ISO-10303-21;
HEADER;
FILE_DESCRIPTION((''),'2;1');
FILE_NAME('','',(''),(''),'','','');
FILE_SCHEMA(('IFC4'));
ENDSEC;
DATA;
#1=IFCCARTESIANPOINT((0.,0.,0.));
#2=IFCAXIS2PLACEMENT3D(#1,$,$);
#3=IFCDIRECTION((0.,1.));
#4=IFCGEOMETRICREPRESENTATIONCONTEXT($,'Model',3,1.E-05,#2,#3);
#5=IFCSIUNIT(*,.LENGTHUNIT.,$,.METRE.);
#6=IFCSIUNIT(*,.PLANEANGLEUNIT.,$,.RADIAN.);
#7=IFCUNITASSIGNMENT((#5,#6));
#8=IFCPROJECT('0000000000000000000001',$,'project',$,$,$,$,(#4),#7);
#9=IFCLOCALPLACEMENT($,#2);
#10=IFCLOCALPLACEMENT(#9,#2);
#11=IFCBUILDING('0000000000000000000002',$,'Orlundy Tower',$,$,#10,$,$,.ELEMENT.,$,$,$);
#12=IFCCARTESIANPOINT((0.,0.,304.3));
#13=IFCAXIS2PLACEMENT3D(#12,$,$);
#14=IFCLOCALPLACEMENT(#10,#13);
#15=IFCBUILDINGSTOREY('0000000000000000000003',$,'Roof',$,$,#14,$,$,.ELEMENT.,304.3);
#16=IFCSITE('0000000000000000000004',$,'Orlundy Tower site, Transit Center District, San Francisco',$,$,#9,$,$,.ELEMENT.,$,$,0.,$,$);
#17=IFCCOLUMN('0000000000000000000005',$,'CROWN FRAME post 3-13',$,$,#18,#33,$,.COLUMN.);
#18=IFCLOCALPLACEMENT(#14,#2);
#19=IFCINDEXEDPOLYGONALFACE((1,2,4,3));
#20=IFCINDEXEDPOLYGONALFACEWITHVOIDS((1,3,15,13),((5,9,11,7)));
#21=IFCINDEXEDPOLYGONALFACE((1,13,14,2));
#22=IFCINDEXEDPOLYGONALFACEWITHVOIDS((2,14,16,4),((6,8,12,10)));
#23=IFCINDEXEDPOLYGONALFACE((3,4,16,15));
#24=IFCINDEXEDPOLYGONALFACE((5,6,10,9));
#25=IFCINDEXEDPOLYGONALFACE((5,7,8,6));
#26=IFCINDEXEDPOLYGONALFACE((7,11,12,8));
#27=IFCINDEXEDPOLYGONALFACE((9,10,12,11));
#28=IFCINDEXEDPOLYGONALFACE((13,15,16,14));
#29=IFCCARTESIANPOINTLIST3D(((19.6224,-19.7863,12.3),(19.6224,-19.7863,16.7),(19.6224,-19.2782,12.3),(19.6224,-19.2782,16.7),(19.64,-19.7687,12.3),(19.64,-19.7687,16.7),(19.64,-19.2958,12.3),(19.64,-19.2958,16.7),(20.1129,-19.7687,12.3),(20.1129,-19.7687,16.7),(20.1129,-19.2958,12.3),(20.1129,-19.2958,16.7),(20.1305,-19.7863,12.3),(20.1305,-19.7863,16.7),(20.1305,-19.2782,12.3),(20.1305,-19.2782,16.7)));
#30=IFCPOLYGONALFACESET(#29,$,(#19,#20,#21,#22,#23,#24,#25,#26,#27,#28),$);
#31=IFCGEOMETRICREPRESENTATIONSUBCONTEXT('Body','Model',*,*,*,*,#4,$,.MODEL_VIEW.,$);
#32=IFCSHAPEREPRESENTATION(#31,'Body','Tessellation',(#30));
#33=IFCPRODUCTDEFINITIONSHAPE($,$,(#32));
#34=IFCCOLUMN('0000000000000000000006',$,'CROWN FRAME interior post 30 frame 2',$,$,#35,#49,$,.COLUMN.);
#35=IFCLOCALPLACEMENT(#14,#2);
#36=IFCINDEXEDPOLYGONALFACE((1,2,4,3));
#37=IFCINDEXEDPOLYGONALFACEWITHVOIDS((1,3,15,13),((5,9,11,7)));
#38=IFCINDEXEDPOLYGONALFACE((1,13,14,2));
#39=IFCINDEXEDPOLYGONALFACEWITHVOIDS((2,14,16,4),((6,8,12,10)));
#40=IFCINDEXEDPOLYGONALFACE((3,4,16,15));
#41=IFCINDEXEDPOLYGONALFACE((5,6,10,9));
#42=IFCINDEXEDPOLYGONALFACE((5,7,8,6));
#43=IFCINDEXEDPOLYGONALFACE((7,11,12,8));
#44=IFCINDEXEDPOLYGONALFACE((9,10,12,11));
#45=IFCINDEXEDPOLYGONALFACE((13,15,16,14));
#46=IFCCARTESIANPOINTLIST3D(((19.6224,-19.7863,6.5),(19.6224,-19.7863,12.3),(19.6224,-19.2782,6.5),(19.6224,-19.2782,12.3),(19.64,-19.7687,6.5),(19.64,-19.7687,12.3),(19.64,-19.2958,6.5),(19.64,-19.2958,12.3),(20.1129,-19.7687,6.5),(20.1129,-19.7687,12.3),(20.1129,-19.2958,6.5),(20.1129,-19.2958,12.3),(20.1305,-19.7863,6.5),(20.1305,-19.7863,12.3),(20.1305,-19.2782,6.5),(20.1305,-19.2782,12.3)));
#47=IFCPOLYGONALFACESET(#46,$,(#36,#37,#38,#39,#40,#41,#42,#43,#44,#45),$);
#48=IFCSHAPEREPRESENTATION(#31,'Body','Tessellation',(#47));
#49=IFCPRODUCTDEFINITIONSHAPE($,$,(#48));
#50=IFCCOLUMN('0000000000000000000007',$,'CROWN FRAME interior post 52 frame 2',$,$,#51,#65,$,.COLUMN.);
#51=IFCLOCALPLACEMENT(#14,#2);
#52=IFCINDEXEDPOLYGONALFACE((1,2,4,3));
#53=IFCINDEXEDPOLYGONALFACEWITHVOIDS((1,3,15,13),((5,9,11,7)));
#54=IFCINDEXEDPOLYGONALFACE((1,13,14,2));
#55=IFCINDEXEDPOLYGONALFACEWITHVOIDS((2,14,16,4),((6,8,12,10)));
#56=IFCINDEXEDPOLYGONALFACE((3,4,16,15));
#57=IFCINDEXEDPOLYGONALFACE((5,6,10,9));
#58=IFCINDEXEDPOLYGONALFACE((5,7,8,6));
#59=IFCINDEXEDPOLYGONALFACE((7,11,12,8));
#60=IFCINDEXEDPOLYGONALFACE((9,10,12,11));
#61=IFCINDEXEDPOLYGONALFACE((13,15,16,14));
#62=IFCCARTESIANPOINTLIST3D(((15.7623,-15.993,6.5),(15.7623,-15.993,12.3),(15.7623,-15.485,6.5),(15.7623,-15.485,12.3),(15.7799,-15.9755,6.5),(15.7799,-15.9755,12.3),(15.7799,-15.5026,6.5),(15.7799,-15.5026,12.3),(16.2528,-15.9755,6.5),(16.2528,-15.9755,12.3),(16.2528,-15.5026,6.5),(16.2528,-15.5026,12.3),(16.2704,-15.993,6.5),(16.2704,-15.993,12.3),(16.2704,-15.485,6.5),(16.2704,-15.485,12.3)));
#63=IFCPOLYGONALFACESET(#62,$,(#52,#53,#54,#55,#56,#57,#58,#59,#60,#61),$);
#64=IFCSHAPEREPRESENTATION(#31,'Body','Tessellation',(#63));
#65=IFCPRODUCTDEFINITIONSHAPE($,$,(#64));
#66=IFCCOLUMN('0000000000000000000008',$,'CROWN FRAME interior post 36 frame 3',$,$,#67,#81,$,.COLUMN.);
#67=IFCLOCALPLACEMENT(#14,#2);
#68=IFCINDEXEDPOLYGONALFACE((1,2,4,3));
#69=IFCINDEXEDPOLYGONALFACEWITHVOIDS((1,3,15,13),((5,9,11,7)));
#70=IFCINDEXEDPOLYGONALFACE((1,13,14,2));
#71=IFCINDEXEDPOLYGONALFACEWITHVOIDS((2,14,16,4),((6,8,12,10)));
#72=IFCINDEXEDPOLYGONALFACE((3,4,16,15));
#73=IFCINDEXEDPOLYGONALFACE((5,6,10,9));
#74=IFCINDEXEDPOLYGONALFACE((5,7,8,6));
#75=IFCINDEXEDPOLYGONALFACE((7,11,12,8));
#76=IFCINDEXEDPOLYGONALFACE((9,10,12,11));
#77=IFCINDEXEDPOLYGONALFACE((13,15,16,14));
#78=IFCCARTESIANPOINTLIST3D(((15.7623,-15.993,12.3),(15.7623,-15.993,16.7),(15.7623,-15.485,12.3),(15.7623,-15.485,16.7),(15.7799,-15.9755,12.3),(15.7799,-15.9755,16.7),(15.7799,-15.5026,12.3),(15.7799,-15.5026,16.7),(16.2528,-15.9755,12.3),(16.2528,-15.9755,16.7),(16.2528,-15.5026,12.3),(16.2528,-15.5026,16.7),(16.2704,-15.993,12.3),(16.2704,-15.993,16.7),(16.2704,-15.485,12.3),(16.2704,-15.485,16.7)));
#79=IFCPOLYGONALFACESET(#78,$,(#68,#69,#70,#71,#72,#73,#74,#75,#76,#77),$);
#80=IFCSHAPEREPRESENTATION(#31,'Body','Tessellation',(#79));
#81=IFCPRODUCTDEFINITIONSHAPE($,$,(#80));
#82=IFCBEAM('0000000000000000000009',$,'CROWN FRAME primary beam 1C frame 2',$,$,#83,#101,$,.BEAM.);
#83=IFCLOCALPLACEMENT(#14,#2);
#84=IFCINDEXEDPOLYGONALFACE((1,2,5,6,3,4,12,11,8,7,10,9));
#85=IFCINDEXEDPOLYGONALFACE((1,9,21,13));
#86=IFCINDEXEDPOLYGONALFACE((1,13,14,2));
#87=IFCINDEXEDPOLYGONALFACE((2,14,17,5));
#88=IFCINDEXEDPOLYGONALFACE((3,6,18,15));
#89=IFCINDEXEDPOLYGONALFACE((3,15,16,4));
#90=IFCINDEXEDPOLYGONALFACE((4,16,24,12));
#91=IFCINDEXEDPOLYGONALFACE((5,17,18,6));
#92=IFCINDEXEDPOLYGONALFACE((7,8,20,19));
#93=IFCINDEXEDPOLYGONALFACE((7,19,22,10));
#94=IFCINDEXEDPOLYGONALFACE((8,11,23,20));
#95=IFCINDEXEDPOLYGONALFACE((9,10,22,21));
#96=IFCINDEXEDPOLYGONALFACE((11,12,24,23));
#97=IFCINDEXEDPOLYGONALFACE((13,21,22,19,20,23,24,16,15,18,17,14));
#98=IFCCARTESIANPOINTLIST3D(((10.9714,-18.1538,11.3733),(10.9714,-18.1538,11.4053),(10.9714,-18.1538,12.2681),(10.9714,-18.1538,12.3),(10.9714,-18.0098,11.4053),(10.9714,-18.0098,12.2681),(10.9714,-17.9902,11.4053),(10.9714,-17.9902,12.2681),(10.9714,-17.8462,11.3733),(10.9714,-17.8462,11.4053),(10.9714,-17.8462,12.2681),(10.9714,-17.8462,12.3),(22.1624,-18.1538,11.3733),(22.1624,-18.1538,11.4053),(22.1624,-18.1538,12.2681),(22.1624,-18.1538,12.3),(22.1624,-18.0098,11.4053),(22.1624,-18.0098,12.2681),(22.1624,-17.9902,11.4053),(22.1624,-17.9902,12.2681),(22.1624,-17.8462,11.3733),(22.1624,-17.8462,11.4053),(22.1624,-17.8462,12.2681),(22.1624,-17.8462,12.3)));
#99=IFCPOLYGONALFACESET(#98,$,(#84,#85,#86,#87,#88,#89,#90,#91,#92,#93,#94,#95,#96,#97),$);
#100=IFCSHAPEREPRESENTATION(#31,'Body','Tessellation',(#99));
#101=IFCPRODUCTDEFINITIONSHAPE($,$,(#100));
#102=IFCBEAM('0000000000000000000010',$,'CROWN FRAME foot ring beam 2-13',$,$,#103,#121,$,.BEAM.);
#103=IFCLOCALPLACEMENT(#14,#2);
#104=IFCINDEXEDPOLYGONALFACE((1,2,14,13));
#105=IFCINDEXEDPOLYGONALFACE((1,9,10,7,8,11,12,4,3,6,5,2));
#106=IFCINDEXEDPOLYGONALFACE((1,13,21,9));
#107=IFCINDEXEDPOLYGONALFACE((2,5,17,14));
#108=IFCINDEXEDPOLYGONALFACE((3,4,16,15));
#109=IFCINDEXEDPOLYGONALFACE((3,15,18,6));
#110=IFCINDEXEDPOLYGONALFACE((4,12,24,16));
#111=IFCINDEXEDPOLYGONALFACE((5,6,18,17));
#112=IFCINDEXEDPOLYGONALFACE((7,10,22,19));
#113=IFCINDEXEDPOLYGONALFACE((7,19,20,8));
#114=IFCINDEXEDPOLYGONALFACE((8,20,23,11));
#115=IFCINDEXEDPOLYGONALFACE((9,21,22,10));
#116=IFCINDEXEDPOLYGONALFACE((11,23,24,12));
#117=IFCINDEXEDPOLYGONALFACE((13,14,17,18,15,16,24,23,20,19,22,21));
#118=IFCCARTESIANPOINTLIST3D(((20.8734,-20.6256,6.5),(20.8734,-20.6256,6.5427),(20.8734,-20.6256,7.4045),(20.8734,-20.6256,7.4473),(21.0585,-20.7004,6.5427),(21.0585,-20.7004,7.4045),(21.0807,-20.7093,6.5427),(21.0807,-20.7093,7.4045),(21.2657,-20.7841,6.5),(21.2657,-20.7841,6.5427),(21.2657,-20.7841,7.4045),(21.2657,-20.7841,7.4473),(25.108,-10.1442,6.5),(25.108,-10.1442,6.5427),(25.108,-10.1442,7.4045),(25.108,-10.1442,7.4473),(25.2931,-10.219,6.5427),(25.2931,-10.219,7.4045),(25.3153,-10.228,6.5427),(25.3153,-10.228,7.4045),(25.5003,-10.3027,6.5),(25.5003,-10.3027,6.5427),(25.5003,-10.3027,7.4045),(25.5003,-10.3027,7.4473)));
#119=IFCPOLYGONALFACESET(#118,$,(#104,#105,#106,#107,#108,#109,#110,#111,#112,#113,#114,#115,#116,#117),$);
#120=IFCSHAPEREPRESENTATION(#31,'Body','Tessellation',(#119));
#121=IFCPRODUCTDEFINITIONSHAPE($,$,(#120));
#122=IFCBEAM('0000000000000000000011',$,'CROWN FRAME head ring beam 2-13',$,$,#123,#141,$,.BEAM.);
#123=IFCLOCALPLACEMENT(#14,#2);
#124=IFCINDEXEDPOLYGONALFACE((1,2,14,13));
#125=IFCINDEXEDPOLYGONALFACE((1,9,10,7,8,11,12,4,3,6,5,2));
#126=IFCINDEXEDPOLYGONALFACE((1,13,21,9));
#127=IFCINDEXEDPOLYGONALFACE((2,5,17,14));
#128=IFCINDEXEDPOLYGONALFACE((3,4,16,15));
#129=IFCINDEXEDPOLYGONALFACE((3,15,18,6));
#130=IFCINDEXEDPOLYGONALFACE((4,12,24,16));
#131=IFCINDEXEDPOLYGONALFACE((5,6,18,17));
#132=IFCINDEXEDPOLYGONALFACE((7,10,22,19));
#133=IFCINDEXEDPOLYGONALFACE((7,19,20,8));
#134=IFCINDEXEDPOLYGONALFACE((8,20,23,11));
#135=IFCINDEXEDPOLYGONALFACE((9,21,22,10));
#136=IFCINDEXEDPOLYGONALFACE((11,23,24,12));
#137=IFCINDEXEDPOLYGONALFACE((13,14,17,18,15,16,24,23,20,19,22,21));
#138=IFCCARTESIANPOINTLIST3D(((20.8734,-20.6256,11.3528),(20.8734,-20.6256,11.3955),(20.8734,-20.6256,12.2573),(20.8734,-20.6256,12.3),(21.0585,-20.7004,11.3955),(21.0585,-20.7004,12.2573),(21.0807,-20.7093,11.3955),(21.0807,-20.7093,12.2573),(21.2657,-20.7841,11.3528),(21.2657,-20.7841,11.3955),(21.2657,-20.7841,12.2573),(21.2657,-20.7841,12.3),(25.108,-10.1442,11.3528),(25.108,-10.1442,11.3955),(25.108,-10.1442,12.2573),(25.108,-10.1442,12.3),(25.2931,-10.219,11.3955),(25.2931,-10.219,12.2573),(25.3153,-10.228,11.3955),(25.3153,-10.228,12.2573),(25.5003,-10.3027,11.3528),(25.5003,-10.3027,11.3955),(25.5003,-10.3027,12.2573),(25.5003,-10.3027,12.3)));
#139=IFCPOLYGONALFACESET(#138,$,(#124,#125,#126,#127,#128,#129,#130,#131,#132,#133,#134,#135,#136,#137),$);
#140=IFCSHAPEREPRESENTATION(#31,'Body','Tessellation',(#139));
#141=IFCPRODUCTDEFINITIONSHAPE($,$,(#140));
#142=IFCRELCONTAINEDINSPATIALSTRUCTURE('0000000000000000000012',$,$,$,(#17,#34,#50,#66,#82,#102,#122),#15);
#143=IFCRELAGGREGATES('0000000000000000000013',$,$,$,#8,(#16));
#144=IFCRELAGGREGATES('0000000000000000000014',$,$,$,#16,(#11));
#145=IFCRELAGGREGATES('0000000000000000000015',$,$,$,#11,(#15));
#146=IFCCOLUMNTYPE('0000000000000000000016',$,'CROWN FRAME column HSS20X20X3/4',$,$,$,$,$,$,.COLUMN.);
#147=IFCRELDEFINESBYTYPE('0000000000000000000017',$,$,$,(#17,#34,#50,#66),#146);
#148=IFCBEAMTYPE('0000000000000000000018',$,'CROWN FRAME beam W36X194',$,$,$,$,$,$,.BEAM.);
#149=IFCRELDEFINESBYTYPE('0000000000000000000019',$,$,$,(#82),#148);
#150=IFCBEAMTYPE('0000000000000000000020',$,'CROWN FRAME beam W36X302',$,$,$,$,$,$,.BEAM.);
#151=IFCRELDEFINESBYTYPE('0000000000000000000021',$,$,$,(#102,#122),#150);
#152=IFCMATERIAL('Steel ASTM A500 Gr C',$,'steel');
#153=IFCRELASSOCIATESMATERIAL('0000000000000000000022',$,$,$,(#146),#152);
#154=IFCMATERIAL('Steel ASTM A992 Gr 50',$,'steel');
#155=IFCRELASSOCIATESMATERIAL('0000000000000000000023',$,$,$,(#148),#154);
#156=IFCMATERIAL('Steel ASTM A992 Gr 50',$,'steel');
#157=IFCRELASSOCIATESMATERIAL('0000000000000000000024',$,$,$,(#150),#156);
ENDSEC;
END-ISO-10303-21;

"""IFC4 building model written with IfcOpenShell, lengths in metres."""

from ifc_helpers import new_model, si_unit, direction, frame, origin, origin_2d, place, context, subcontext, project, spatial, hollow_rectangle, i_section, extrude, material, material_profile, profile_set, type_object, element, save


model = new_model("IFC4")

# Units and contexts
model_context = context("Model", 3, precision=1e-05, world=origin(), true_north=direction((0.0, 1.0)))
body_context = subcontext(model_context, "Body", "Model", "MODEL_VIEW")
ifc_project = project(units=[si_unit("LENGTHUNIT", "METRE"), si_unit("PLANEANGLEUNIT", "RADIAN")], contexts=[model_context])

# Site, building, storey
site_placement = place(None, origin())
site = spatial("IfcSite", under=ifc_project, at=site_placement, Name="Orlundy Tower site, Transit Center District, San Francisco", CompositionType="ELEMENT", RefElevation=0.0)
building_placement = place(site_placement, origin())
building = spatial("IfcBuilding", under=site, at=building_placement, Name="Orlundy Tower", CompositionType="ELEMENT")
storey_placement = place(building_placement, frame((0.0, 0.0, 304.3)))
storey = spatial("IfcBuildingStorey", under=building, at=storey_placement, Name="Roof", CompositionType="ELEMENT", Elevation=304.3)

# Columns
ifc_material_1 = material(Name="Steel ASTM A500 Gr C", Category="steel")
ifc_material_profile_1 = material_profile(ifc_material_1, hollow_rectangle(XDim=0.5081, YDim=0.5081, WallThickness=0.0176, at=origin_2d()), Name="HSS20X20X3/4")
ifc_profile_set_1 = profile_set([ifc_material_profile_1], Name="Steel ASTM A500 Gr C")
column_type = type_object("IfcColumnType", Name="CROWN FRAME column HSS20X20X3/4", PredefinedType="COLUMN", material=ifc_profile_set_1)
column_1_placement = place(storey_placement, frame((19.8765, -19.5322, 12.3), z_axis=(0.0, 0.0, 1.0), x_axis=(1.0, 0.0, 0.0)))
element("IfcColumn", 1, at=column_1_placement, inside=storey, type_object=column_type, Name="CROWN FRAME post 3-13", PredefinedType="COLUMN", context=body_context, shape_type="SweptSolid", body=[
    extrude(hollow_rectangle(XDim=0.5081, YDim=0.5081, WallThickness=0.0176, at=origin_2d()), origin(), (0.0, 0.0, 1.0), 4.3999),
])
for number, where, z_axis, x_axis, name in (
    (2, (19.8765, -19.5322, 6.5), (0.0, 0.0, 1.0), (1.0, 0.0, 0.0), "CROWN FRAME interior post 30 frame 2"),
    (3, (16.0164, -15.739, 6.5), (0.0, 0.0, 1.0), (1.0, 0.0, 0.0), "CROWN FRAME interior post 52 frame 2"),
):
    element("IfcColumn", number, at=place(storey_placement, frame(where, z_axis=z_axis, x_axis=x_axis)), inside=storey, type_object=column_type, Name=name, PredefinedType="COLUMN", context=body_context, shape_type="SweptSolid", body=[
        extrude(hollow_rectangle(XDim=0.5081, YDim=0.5081, WallThickness=0.0176, at=origin_2d()), origin(), (0.0, 0.0, 1.0), 5.8),
    ])
column_2_placement = place(storey_placement, frame((16.0164, -15.739, 12.3), z_axis=(0.0, 0.0, 1.0), x_axis=(1.0, 0.0, 0.0)))
element("IfcColumn", 4, at=column_2_placement, inside=storey, type_object=column_type, Name="CROWN FRAME interior post 36 frame 3", PredefinedType="COLUMN", context=body_context, shape_type="SweptSolid", body=[
    extrude(hollow_rectangle(XDim=0.5081, YDim=0.5081, WallThickness=0.0176, at=origin_2d()), origin(), (0.0, 0.0, 1.0), 4.3999),
])

# Beams
ifc_material_2 = material(Name="Steel ASTM A992 Gr 50", Category="steel")
ifc_material_profile_2 = material_profile(ifc_material_2, i_section(OverallWidth=0.3076, OverallDepth=0.9268, WebThickness=0.0195, FlangeThickness=0.032, at=origin_2d()), Name="W36X194")
ifc_profile_set_2 = profile_set([ifc_material_profile_2], Name="Steel ASTM A992 Gr 50")
beam_type_1 = type_object("IfcBeamType", Name="CROWN FRAME beam W36X194", PredefinedType="BEAM", material=ifc_profile_set_2)
beam_placement = place(storey_placement, frame((10.9714, -18.0, 11.8367), z_axis=(1.0, 0.0, 0.0), x_axis=(0.0, 1.0, 0.0)))
element("IfcBeam", 5, at=beam_placement, inside=storey, type_object=beam_type_1, Name="CROWN FRAME primary beam 1C frame 2", PredefinedType="BEAM", context=body_context, shape_type="SweptSolid", body=[
    extrude(i_section(OverallWidth=0.3076, OverallDepth=0.9268, WebThickness=0.0195, FlangeThickness=0.032, at=origin_2d()), origin(), (0.0, 0.0, 1.0), 11.1909),
])
ifc_material_3 = material(Name="Steel ASTM A992 Gr 50", Category="steel")
ifc_material_profile_3 = material_profile(ifc_material_3, i_section(OverallWidth=0.4231, OverallDepth=0.9473, WebThickness=0.0239, FlangeThickness=0.0427, at=origin_2d()), Name="W36X302")
ifc_profile_set_3 = profile_set([ifc_material_profile_3], Name="Steel ASTM A992 Gr 50")
beam_type_2 = type_object("IfcBeamType", Name="CROWN FRAME beam W36X302", PredefinedType="BEAM", material=ifc_profile_set_3)
for number, where, z_axis, x_axis, name in (
    (6, (21.0696, -20.7048, 6.9736), (0.374594, 0.927189, 0.0), (-0.927189, 0.374594, 0.0), "CROWN FRAME foot ring beam 2-13"),
    (7, (21.0696, -20.7048, 11.8264), (0.374594, 0.927189, 0.0), (-0.927189, 0.374594, 0.0), "CROWN FRAME head ring beam 2-13"),
):
    element("IfcBeam", number, at=place(storey_placement, frame(where, z_axis=z_axis, x_axis=x_axis)), inside=storey, type_object=beam_type_2, Name=name, PredefinedType="BEAM", context=body_context, shape_type="SweptSolid", body=[
        extrude(i_section(OverallWidth=0.4231, OverallDepth=0.9473, WebThickness=0.0239, FlangeThickness=0.0427, at=origin_2d()), origin(), (0.0, 0.0, 1.0), 11.3044),
    ])

save(model, "model.ifc")
